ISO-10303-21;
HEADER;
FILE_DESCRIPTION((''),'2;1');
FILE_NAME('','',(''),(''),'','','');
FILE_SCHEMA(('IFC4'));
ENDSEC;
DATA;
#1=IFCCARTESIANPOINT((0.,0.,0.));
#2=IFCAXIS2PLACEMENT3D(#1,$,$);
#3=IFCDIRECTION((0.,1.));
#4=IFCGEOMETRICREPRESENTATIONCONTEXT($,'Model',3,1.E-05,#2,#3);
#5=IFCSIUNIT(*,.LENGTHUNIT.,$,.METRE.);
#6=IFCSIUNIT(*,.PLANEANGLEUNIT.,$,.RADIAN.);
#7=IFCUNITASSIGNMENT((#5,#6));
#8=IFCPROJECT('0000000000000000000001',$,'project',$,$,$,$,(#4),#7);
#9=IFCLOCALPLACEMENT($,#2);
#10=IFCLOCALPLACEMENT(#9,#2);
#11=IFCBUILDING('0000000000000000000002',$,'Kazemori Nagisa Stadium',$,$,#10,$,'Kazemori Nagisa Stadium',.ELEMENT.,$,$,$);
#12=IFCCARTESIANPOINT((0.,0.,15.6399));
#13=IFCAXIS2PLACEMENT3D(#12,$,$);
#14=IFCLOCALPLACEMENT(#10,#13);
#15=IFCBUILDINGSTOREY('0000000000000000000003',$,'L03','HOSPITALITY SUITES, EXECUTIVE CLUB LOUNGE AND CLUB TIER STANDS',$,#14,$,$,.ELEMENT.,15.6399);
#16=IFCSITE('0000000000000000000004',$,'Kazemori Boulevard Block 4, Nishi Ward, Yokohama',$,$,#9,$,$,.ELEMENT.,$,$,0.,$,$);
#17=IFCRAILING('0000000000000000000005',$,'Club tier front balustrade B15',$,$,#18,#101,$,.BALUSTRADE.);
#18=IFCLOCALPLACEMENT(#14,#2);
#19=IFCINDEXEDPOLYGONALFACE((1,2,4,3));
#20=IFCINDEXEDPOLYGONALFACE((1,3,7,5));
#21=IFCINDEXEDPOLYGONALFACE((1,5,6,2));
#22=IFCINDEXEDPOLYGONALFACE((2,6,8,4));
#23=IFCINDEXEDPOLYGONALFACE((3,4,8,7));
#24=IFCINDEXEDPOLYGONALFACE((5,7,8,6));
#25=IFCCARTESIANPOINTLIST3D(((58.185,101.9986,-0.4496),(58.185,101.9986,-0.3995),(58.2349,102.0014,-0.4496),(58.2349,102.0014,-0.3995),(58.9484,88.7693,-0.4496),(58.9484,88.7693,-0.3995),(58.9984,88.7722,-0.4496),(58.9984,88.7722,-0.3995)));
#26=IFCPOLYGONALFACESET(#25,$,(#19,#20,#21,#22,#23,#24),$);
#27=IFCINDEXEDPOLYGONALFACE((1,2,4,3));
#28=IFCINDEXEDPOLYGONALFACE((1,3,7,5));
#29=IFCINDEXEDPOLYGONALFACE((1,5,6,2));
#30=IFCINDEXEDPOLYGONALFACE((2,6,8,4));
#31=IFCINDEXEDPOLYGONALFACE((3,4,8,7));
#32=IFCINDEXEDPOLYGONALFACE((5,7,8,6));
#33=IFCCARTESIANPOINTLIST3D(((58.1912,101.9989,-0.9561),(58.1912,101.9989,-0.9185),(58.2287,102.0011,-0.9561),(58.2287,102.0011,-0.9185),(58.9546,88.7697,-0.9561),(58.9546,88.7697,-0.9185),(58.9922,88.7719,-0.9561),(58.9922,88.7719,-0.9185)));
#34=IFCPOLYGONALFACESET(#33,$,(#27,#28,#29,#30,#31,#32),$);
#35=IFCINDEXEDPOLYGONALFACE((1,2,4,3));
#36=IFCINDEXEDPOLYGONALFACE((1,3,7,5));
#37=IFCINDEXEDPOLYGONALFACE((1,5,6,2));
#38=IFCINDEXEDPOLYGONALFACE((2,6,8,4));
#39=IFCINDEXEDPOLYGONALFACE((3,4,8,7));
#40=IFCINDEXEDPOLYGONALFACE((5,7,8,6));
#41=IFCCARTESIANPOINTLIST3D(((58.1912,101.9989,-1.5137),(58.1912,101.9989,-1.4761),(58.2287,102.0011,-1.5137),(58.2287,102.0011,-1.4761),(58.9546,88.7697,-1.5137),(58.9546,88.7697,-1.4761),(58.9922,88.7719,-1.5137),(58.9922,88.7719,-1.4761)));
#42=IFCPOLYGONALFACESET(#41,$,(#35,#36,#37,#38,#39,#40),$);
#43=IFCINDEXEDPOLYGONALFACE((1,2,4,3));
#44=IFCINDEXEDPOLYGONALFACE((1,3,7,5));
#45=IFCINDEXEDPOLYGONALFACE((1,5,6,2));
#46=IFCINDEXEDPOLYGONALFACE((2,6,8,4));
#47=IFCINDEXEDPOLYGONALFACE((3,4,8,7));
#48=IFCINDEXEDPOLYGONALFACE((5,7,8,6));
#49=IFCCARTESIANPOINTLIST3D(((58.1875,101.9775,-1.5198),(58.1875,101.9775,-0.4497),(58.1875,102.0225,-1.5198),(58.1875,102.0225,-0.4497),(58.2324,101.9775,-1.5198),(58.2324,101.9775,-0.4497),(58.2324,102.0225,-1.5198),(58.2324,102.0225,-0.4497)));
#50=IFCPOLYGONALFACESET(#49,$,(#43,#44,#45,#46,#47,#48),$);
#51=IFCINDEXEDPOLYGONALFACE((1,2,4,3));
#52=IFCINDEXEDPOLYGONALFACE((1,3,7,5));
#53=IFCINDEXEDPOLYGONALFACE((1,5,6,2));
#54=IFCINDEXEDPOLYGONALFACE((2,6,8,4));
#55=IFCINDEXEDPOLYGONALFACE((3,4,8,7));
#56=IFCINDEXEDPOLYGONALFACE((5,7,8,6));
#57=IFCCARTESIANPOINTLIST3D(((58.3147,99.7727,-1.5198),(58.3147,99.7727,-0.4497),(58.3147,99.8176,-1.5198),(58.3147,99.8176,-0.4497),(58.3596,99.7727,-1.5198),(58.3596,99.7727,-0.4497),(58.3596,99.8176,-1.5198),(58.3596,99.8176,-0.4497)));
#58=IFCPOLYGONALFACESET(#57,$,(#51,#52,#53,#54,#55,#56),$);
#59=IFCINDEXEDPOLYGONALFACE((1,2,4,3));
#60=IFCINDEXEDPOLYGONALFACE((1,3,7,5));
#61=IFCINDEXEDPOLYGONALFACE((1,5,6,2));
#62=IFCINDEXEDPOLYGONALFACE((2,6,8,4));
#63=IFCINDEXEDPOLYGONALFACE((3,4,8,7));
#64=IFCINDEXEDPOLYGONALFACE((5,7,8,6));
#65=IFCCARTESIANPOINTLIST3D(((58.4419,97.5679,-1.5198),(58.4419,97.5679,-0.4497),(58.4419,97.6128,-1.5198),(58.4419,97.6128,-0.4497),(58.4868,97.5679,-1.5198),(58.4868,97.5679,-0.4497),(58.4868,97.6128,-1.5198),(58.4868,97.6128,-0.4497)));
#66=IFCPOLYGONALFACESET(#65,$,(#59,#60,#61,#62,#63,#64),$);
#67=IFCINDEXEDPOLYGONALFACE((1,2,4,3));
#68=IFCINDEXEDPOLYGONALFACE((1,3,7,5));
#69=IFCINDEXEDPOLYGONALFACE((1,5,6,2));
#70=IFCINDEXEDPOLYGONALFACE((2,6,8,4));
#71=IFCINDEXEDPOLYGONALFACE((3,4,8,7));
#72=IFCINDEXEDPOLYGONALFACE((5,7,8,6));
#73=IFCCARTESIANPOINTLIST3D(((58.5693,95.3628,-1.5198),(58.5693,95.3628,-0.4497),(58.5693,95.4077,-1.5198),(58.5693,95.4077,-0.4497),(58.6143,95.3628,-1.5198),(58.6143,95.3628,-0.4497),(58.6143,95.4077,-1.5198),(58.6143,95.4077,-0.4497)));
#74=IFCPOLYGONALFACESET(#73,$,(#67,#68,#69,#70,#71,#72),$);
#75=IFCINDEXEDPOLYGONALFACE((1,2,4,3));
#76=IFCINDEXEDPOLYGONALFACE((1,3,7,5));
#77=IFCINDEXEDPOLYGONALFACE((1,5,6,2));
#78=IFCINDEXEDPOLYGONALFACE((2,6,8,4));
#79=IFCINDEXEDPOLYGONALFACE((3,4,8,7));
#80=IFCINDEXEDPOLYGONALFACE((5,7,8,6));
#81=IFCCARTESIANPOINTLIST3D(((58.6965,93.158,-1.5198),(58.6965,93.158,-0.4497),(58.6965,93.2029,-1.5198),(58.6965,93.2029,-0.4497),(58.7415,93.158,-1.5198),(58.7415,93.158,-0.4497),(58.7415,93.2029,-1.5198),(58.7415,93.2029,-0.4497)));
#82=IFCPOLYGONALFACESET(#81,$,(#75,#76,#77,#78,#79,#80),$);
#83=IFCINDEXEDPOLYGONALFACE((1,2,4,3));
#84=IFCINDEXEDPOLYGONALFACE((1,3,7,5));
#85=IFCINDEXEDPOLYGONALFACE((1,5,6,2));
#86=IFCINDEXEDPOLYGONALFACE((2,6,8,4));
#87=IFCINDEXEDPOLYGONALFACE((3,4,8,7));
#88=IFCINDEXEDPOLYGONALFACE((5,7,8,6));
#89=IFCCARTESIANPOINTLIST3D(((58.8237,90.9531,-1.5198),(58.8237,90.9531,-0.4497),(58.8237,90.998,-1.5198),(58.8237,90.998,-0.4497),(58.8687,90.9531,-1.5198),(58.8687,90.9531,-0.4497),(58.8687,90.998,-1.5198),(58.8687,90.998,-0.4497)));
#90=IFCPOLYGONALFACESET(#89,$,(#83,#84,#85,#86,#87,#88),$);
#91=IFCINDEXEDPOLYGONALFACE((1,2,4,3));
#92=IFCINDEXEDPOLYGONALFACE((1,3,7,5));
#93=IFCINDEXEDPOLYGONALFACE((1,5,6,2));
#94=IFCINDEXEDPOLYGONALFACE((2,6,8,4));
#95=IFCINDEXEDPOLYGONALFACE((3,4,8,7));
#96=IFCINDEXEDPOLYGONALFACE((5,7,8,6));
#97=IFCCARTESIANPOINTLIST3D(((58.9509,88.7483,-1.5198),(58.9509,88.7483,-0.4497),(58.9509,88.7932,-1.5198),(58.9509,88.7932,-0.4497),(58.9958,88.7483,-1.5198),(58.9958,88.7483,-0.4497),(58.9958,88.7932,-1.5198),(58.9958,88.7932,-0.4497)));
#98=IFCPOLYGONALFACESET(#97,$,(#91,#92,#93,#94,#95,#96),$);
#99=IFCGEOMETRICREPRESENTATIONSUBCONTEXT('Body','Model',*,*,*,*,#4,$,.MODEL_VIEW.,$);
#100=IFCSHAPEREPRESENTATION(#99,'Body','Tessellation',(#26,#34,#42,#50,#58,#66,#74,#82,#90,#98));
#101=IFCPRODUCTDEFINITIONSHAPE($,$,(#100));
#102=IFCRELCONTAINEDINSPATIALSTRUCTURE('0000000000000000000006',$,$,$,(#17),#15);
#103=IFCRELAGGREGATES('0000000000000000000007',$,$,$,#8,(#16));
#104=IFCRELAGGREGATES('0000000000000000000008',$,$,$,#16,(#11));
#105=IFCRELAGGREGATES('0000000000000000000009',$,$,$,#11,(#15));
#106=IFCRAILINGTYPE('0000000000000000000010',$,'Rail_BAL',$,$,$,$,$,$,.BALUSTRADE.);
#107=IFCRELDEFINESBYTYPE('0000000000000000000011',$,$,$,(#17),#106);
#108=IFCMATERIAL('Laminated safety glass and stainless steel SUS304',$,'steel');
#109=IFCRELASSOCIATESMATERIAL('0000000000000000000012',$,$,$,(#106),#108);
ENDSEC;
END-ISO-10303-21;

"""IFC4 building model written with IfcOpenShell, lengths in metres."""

from ifc_helpers import new_model, si_unit, direction, frame, origin, origin_2d, place, context, subcontext, project, spatial, rectangle, extrude, material, type_object, element, save


model = new_model("IFC4")

# Units and contexts
model_context = context("Model", 3, precision=1e-05, world=origin(), true_north=direction((0.0, 1.0)))
body_context = subcontext(model_context, "Body", "Model", "MODEL_VIEW")
ifc_project = project(units=[si_unit("LENGTHUNIT", "METRE"), si_unit("PLANEANGLEUNIT", "RADIAN")], contexts=[model_context])

# Site, building, storey
site_placement = place(None, origin())
site = spatial("IfcSite", under=ifc_project, at=site_placement, Name="Kazemori Boulevard Block 4, Nishi Ward, Yokohama", CompositionType="ELEMENT", RefElevation=0.0)
building_placement = place(site_placement, origin())
building = spatial("IfcBuilding", under=site, at=building_placement, Name="Kazemori Nagisa Stadium", LongName="Kazemori Nagisa Stadium", CompositionType="ELEMENT")
storey_placement = place(building_placement, frame((0.0, 0.0, 15.6399)))
storey = spatial("IfcBuildingStorey", under=building, at=storey_placement, Name="L03", Description="HOSPITALITY SUITES, EXECUTIVE CLUB LOUNGE AND CLUB TIER STANDS", CompositionType="ELEMENT", Elevation=15.6399)

# Railing
ifc_material_1 = material(Name="Laminated safety glass and stainless steel SUS304", Category="steel")
railing_type = type_object("IfcRailingType", Name="Rail_BAL", PredefinedType="BALUSTRADE", material=ifc_material_1)
railing_placement = place(storey_placement, frame((58.21, 102.0, -1.5198)))
element("IfcRailing", 1, at=railing_placement, inside=storey, type_object=railing_type, Name="Club tier front balustrade B15", PredefinedType="BALUSTRADE", context=body_context, shape_type="SweptSolid", body=[
    extrude(rectangle(XDim=0.05, YDim=0.05, at=origin_2d()), frame((0.0, 0.0, 1.0952), z_axis=(0.057612, -0.998339, 0.0), x_axis=(0.998339, 0.057612, 0.0)), (0.0, 0.0, 1.0), 13.2512),
    extrude(rectangle(XDim=0.0376, YDim=0.0376, at=origin_2d()), frame((0.0, 0.0, 0.5825), z_axis=(0.057612, -0.998339, 0.0), x_axis=(0.998339, 0.057612, 0.0)), (0.0, 0.0, 1.0), 13.2512),
    extrude(rectangle(XDim=0.0376, YDim=0.0376, at=origin_2d()), frame((0.0, 0.0, 0.0249), z_axis=(0.057612, -0.998339, 0.0), x_axis=(0.998339, 0.057612, 0.0)), (0.0, 0.0, 1.0), 13.2512),
    extrude(rectangle(XDim=0.0449, YDim=0.0449, at=origin_2d()), origin(), (0.0, 0.0, 1.0), 1.0701),
    extrude(rectangle(XDim=0.0449, YDim=0.0449, at=origin_2d()), frame((0.1272, -2.2048, 0.0)), (0.0, 0.0, 1.0), 1.0701),
    extrude(rectangle(XDim=0.0449, YDim=0.0449, at=origin_2d()), frame((0.2544, -4.4097, 0.0)), (0.0, 0.0, 1.0), 1.0701),
    extrude(rectangle(XDim=0.0449, YDim=0.0449, at=origin_2d()), frame((0.3818, -6.6147, 0.0)), (0.0, 0.0, 1.0), 1.0701),
    extrude(rectangle(XDim=0.0449, YDim=0.0449, at=origin_2d()), frame((0.509, -8.8196, 0.0)), (0.0, 0.0, 1.0), 1.0701),
    extrude(rectangle(XDim=0.0449, YDim=0.0449, at=origin_2d()), frame((0.6362, -11.0244, 0.0)), (0.0, 0.0, 1.0), 1.0701),
    extrude(rectangle(XDim=0.0449, YDim=0.0449, at=origin_2d()), frame((0.7634, -13.2292, 0.0)), (0.0, 0.0, 1.0), 1.0701),
])

save(model, "model.ifc")
